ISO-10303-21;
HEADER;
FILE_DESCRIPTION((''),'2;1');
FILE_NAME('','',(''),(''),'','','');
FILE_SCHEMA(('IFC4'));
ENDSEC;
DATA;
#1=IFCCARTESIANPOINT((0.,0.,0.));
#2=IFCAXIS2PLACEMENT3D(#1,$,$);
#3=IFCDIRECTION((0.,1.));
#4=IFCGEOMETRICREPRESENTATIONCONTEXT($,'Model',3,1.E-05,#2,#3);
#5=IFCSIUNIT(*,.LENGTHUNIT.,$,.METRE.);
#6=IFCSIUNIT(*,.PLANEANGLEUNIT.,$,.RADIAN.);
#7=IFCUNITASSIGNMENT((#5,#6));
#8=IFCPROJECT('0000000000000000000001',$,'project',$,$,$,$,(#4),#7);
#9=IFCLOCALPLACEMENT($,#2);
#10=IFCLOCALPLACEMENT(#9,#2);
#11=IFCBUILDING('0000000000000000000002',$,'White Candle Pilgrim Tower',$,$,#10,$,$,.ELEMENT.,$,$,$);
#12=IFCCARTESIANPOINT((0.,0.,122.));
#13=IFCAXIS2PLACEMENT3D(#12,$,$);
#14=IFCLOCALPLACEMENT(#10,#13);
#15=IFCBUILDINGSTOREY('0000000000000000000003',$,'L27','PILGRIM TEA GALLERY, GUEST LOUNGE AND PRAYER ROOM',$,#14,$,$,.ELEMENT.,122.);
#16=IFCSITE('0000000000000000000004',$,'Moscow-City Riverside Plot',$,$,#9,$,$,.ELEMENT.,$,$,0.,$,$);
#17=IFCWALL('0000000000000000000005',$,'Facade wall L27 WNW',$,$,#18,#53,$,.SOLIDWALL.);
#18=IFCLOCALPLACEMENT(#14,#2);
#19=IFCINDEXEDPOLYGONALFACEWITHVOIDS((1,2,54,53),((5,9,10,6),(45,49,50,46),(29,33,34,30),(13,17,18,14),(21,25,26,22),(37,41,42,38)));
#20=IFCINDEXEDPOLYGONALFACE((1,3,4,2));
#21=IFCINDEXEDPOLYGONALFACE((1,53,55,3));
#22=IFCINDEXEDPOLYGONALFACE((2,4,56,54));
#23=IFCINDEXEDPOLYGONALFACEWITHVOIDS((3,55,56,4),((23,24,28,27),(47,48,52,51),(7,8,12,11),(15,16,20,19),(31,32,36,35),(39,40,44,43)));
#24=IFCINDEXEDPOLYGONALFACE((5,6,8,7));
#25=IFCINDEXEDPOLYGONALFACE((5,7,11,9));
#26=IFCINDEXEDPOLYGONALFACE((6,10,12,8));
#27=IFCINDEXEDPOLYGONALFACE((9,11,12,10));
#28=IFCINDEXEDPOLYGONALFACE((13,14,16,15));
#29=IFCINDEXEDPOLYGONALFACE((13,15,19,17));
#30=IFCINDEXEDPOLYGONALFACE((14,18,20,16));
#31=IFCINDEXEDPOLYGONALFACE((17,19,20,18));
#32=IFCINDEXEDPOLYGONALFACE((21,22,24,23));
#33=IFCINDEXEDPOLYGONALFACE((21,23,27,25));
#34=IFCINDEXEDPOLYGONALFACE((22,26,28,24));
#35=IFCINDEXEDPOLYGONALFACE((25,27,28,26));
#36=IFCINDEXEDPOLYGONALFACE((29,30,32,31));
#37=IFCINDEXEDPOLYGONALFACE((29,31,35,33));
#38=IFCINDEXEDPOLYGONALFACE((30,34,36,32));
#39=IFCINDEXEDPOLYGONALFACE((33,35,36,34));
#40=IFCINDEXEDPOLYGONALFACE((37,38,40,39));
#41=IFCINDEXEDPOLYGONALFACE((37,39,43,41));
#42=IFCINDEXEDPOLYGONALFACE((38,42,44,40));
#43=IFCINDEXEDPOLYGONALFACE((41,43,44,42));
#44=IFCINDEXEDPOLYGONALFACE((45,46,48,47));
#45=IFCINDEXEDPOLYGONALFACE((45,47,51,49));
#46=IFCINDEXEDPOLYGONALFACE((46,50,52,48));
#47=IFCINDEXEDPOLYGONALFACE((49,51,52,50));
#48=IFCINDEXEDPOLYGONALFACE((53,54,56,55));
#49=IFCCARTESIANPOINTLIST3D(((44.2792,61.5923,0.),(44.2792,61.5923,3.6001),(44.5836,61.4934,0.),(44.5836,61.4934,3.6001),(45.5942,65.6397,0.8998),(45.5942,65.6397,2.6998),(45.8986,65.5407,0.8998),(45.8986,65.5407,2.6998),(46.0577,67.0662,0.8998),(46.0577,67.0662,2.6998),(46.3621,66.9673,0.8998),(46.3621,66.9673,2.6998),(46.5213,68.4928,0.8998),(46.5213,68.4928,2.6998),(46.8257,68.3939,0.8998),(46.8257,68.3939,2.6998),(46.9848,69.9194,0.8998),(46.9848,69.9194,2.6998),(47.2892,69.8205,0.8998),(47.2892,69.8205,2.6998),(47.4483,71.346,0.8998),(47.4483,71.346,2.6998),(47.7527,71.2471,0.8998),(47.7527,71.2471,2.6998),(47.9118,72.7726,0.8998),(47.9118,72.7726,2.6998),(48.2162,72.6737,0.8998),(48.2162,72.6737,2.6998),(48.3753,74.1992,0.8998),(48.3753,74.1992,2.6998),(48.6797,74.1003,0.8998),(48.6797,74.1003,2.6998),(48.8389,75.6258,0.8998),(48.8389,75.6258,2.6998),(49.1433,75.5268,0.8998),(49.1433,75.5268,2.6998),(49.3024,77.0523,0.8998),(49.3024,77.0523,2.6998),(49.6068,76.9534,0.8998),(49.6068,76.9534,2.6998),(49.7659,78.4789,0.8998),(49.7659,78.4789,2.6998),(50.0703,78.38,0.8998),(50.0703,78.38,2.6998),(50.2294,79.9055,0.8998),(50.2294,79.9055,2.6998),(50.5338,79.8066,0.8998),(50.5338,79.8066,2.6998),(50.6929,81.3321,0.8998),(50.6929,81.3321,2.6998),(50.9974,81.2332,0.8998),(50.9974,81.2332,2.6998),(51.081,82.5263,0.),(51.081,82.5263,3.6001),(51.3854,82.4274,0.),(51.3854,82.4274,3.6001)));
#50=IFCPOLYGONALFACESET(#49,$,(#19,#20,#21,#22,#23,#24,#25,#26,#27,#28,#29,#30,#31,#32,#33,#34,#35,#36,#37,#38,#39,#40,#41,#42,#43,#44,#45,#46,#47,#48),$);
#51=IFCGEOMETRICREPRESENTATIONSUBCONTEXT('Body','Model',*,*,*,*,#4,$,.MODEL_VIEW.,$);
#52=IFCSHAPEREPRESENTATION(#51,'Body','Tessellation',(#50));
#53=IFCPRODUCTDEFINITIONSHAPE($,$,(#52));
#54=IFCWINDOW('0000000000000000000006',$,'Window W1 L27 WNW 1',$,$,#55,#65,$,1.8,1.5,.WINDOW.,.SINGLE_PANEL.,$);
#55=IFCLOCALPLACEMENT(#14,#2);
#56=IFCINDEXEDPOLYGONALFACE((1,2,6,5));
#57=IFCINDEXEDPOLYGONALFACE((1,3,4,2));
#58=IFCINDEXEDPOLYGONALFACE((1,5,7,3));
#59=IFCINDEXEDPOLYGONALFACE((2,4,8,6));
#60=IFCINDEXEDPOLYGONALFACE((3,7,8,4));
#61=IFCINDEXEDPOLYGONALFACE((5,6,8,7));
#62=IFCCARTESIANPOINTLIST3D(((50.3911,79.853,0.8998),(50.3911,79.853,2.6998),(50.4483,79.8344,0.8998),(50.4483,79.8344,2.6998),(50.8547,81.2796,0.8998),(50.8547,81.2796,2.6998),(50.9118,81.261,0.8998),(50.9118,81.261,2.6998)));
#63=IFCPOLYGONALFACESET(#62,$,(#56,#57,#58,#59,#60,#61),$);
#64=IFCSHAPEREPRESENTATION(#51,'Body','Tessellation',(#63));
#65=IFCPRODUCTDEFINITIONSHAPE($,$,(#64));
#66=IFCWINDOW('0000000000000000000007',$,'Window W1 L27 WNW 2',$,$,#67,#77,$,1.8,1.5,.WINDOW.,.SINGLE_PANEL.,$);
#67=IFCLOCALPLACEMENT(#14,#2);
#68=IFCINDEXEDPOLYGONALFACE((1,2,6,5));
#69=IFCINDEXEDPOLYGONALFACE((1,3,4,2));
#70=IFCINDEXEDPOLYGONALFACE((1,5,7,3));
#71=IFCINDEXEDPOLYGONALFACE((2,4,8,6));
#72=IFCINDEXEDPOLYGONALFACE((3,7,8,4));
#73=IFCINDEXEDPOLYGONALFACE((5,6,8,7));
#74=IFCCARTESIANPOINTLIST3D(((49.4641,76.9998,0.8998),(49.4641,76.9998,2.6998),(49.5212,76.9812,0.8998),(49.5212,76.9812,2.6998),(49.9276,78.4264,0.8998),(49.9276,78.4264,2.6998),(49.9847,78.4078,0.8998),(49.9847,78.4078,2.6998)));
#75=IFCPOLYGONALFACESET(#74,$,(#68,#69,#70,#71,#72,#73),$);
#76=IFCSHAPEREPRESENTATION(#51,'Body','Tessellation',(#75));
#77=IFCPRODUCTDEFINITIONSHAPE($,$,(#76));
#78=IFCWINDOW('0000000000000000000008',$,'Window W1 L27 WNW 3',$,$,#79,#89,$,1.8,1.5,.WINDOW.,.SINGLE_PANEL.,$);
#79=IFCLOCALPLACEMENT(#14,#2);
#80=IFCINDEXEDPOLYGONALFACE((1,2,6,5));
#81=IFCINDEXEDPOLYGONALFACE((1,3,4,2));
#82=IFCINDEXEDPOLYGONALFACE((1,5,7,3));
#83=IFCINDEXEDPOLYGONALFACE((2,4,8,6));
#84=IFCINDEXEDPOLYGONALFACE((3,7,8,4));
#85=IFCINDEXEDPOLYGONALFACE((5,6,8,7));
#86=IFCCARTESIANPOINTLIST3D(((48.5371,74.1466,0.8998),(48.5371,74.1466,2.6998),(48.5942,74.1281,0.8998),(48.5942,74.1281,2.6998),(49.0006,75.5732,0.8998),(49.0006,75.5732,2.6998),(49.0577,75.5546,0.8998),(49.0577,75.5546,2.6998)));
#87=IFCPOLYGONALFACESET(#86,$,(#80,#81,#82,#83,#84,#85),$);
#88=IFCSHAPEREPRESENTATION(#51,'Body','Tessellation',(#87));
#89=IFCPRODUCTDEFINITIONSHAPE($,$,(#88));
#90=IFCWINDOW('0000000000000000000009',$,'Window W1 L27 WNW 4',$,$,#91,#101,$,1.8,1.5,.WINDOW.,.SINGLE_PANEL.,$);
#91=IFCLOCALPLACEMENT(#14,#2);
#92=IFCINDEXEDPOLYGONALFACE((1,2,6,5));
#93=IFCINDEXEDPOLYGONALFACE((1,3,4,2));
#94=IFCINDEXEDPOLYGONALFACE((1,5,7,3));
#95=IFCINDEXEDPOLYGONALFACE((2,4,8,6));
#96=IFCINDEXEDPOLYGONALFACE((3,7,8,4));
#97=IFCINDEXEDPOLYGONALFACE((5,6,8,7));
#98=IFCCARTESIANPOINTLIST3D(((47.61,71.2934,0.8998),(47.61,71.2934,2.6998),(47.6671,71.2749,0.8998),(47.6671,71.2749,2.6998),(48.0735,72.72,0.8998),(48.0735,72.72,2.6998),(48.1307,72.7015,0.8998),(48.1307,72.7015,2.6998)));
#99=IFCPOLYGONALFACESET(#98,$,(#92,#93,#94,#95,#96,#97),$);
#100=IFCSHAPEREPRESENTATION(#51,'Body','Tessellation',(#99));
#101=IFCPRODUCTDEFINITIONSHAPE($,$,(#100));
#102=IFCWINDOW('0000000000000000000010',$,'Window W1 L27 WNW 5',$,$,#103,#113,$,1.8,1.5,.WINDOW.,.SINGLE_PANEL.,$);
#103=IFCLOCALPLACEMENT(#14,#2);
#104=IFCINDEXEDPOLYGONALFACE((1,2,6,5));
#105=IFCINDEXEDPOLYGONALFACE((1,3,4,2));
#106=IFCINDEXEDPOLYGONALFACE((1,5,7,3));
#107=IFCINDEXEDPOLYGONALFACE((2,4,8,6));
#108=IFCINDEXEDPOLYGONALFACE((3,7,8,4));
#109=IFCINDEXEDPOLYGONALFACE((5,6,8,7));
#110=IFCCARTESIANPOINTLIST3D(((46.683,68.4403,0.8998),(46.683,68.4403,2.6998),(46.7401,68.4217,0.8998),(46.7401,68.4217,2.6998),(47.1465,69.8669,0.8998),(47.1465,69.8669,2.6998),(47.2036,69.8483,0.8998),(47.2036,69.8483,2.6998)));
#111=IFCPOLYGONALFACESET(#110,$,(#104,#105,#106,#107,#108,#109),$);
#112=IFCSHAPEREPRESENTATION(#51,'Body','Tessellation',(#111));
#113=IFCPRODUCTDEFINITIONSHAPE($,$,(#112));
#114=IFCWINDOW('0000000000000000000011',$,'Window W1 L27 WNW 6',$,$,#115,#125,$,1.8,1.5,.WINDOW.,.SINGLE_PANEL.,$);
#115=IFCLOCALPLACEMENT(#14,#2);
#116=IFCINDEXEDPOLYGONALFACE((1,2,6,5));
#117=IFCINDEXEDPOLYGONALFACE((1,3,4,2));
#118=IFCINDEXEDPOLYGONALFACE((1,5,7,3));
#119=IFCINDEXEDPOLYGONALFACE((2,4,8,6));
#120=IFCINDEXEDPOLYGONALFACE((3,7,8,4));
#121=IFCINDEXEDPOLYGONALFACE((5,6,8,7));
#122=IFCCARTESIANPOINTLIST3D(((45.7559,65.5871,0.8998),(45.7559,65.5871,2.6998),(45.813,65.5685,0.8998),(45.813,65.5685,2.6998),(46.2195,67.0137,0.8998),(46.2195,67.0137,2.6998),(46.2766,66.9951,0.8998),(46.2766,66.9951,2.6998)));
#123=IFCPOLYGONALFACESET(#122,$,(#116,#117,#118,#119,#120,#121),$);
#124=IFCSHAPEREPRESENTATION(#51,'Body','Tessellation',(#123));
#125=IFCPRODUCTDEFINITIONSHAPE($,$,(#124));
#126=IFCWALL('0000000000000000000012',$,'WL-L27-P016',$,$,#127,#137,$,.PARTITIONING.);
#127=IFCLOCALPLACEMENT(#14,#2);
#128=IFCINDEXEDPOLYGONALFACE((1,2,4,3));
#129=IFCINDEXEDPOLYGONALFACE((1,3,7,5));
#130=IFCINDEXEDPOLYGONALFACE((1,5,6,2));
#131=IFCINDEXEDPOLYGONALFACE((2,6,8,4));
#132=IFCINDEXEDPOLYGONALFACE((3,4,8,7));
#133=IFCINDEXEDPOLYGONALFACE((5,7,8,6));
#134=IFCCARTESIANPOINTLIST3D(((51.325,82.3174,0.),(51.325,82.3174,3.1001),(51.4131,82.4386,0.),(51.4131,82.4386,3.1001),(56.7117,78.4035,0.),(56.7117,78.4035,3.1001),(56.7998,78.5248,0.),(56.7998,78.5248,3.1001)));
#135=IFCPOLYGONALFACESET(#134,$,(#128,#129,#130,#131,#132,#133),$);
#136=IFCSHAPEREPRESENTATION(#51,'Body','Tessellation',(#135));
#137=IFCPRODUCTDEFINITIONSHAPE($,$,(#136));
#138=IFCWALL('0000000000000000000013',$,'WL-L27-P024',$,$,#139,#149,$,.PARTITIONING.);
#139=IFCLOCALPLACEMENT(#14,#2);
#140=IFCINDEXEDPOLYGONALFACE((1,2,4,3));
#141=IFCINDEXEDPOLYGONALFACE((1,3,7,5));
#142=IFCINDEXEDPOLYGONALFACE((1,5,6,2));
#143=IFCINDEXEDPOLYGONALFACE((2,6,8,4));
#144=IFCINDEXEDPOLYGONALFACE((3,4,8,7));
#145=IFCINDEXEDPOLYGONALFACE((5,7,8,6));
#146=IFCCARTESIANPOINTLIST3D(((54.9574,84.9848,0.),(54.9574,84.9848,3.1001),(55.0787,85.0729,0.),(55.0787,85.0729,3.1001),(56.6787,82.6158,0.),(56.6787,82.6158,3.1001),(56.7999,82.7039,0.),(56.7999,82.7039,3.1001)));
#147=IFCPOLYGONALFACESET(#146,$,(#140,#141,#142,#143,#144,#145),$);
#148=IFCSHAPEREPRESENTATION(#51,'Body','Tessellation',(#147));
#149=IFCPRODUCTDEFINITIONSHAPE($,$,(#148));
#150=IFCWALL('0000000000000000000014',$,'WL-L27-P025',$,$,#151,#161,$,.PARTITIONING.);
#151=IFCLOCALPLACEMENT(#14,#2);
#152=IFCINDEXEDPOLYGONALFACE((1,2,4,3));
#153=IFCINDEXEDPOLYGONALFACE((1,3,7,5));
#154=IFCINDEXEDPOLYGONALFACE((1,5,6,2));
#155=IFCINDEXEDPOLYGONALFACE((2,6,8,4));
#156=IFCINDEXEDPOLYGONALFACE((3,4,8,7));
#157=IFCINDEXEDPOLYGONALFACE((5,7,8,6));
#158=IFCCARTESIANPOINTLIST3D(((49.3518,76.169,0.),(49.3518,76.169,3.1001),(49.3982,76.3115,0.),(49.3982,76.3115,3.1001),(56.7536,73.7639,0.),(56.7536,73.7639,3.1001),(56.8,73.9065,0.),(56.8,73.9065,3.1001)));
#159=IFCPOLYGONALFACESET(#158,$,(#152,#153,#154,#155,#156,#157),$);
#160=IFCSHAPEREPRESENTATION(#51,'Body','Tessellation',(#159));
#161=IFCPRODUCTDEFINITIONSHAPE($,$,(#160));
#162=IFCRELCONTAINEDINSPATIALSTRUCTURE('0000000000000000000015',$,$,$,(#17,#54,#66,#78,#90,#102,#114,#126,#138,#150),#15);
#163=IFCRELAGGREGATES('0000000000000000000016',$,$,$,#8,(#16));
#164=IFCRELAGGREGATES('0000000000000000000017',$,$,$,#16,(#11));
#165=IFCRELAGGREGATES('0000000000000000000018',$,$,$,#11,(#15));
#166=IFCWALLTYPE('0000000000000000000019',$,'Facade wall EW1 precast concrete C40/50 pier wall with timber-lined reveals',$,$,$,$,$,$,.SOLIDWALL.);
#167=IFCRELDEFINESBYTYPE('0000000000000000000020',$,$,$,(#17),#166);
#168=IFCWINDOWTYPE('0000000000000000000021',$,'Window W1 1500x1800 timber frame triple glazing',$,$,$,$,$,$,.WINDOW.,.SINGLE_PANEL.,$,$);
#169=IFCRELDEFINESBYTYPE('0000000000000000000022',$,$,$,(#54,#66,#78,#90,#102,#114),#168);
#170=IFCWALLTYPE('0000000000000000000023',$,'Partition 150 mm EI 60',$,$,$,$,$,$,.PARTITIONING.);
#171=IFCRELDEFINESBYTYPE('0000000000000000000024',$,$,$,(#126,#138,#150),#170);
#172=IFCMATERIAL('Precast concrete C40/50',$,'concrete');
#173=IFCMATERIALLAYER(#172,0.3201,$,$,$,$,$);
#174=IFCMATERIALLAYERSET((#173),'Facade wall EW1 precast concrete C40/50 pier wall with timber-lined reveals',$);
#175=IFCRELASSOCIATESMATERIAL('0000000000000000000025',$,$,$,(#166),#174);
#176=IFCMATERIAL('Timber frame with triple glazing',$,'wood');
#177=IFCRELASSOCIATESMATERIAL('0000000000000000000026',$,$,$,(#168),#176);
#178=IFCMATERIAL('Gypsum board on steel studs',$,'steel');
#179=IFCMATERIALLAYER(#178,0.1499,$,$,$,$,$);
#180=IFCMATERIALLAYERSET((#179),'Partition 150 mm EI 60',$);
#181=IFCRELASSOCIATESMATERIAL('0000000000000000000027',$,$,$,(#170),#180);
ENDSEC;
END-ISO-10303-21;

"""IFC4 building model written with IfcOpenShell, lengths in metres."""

from ifc_helpers import new_model, si_unit, direction, frame, frame_2d, origin, place, context, subcontext, project, spatial, rectangle, extrude, material, layer, layer_set, type_object, element, fill, save


model = new_model("IFC4")

# Units and contexts
model_context = context("Model", 3, precision=1e-05, world=origin(), true_north=direction((0.0, 1.0)))
body_context = subcontext(model_context, "Body", "Model", "MODEL_VIEW")
ifc_project = project(units=[si_unit("LENGTHUNIT", "METRE"), si_unit("PLANEANGLEUNIT", "RADIAN")], contexts=[model_context])

# Site, building, storey
site_placement = place(None, origin())
site = spatial("IfcSite", under=ifc_project, at=site_placement, Name="Moscow-City Riverside Plot", CompositionType="ELEMENT", RefElevation=0.0)
building_placement = place(site_placement, origin())
building = spatial("IfcBuilding", under=site, at=building_placement, Name="White Candle Pilgrim Tower", CompositionType="ELEMENT")
storey_placement = place(building_placement, frame((0.0, 0.0, 122.0)))
storey = spatial("IfcBuildingStorey", under=building, at=storey_placement, Name="L27", Description="PILGRIM TEA GALLERY, GUEST LOUNGE AND PRAYER ROOM", CompositionType="ELEMENT", Elevation=122.0)

# Wall, openings, windows
ifc_material_1 = material(Name="Precast concrete C40/50", Category="concrete")
ifc_layer_1 = layer(ifc_material_1, 0.3201)
ifc_layer_set_1 = layer_set([ifc_layer_1], Name="Facade wall EW1 precast concrete C40/50 pier wall with timber-lined reveals")
wall_type_1 = type_object("IfcWallType", Name="Facade wall EW1 precast concrete C40/50 pier wall with timber-lined reveals", PredefinedType="SOLIDWALL", material=ifc_layer_set_1)
ifc_material_2 = material(Name="Timber frame with triple glazing", Category="wood")
wall_1_placement = place(storey_placement, frame((51.2332, 82.4768, 0.0), z_axis=(0.0, 0.0, 1.0), x_axis=(-0.309015, -0.951057, 0.0)))
wall_1 = element("IfcWall", 1, at=wall_1_placement, inside=storey, type_object=wall_type_1, Name="Facade wall L27 WNW", PredefinedType="SOLIDWALL", context=body_context, shape_type="SweptSolid", body=[
    extrude(rectangle(XDim=22.0112, YDim=0.3201, at=frame_2d((11.0056, 0.0))), origin(), (0.0, 0.0, 1.0), 3.6001),
])
opening_1_placement = place(wall_1_placement, frame((1.2556, 0.0, 0.8999)))
opening_1 = element("IfcOpeningElement", 2, at=opening_1_placement, cuts=wall_1, PredefinedType="OPENING", context=body_context, shape_type="SweptSolid", body=[
    extrude(rectangle(XDim=1.5, YDim=1.8, at=frame_2d((0.75, 0.8999))), frame((0.0, 0.1699, 0.0), z_axis=(0.0, -1.0, 0.0), x_axis=(1.0, 0.0, 0.0)), (0.0, 0.0, 1.0), 0.3401),
])
opening_2_placement = place(wall_1_placement, frame((4.2556, 0.0, 0.8999)))
opening_2 = element("IfcOpeningElement", 3, at=opening_2_placement, cuts=wall_1, PredefinedType="OPENING", context=body_context, shape_type="SweptSolid", body=[
    extrude(rectangle(XDim=1.5, YDim=1.8, at=frame_2d((0.75, 0.8999))), frame((0.0, 0.1699, 0.0), z_axis=(0.0, -1.0, 0.0), x_axis=(1.0, 0.0, 0.0)), (0.0, 0.0, 1.0), 0.3401),
])
opening_3_placement = place(wall_1_placement, frame((7.2556, 0.0, 0.8999)))
opening_3 = element("IfcOpeningElement", 4, at=opening_3_placement, cuts=wall_1, PredefinedType="OPENING", context=body_context, shape_type="SweptSolid", body=[
    extrude(rectangle(XDim=1.5, YDim=1.8, at=frame_2d((0.75, 0.8999))), frame((0.0, 0.1699, 0.0), z_axis=(0.0, -1.0, 0.0), x_axis=(1.0, 0.0, 0.0)), (0.0, 0.0, 1.0), 0.3401),
])
opening_4_placement = place(wall_1_placement, frame((10.2556, 0.0, 0.8999)))
opening_4 = element("IfcOpeningElement", 5, at=opening_4_placement, cuts=wall_1, PredefinedType="OPENING", context=body_context, shape_type="SweptSolid", body=[
    extrude(rectangle(XDim=1.5, YDim=1.8, at=frame_2d((0.75, 0.8999))), frame((0.0, 0.1699, 0.0), z_axis=(0.0, -1.0, 0.0), x_axis=(1.0, 0.0, 0.0)), (0.0, 0.0, 1.0), 0.3401),
])
opening_5_placement = place(wall_1_placement, frame((13.2556, 0.0, 0.8999)))
opening_5 = element("IfcOpeningElement", 6, at=opening_5_placement, cuts=wall_1, PredefinedType="OPENING", context=body_context, shape_type="SweptSolid", body=[
    extrude(rectangle(XDim=1.5, YDim=1.8, at=frame_2d((0.75, 0.8999))), frame((0.0, 0.1699, 0.0), z_axis=(0.0, -1.0, 0.0), x_axis=(1.0, 0.0, 0.0)), (0.0, 0.0, 1.0), 0.3401),
])
opening_6_placement = place(wall_1_placement, frame((16.2556, 0.0, 0.8999)))
opening_6 = element("IfcOpeningElement", 7, at=opening_6_placement, cuts=wall_1, PredefinedType="OPENING", context=body_context, shape_type="SweptSolid", body=[
    extrude(rectangle(XDim=1.5, YDim=1.8, at=frame_2d((0.75, 0.8999))), frame((0.0, 0.1699, 0.0), z_axis=(0.0, -1.0, 0.0), x_axis=(1.0, 0.0, 0.0)), (0.0, 0.0, 1.0), 0.3401),
])
window_type_1 = type_object("IfcWindowType", Name="Window W1 1500x1800 timber frame triple glazing", PartitioningType="SINGLE_PANEL", PredefinedType="WINDOW", material=ifc_material_2)
window_1_placement = place(opening_1_placement, origin())
window_1 = element("IfcWindow", 8, at=window_1_placement, inside=storey, type_object=window_type_1, Name="Window W1 L27 WNW 1", OverallHeight=1.8, OverallWidth=1.5, PartitioningType="SINGLE_PANEL", PredefinedType="WINDOW", context=body_context, shape_type="SweptSolid", body=[
    extrude(rectangle(XDim=1.5, YDim=1.8, at=frame_2d((0.75, 0.8999))), frame((0.0, 0.0701, 0.0), z_axis=(0.0, -1.0, 0.0), x_axis=(1.0, 0.0, 0.0)), (0.0, 0.0, 1.0), 0.0601),
])
fill(opening_1, window_1)
window_2_placement = place(opening_2_placement, origin())
window_2 = element("IfcWindow", 9, at=window_2_placement, inside=storey, type_object=window_type_1, Name="Window W1 L27 WNW 2", OverallHeight=1.8, OverallWidth=1.5, PartitioningType="SINGLE_PANEL", PredefinedType="WINDOW", context=body_context, shape_type="SweptSolid", body=[
    extrude(rectangle(XDim=1.5, YDim=1.8, at=frame_2d((0.75, 0.8999))), frame((0.0, 0.0701, 0.0), z_axis=(0.0, -1.0, 0.0), x_axis=(1.0, 0.0, 0.0)), (0.0, 0.0, 1.0), 0.0601),
])
fill(opening_2, window_2)
window_3_placement = place(opening_3_placement, origin())
window_3 = element("IfcWindow", 10, at=window_3_placement, inside=storey, type_object=window_type_1, Name="Window W1 L27 WNW 3", OverallHeight=1.8, OverallWidth=1.5, PartitioningType="SINGLE_PANEL", PredefinedType="WINDOW", context=body_context, shape_type="SweptSolid", body=[
    extrude(rectangle(XDim=1.5, YDim=1.8, at=frame_2d((0.75, 0.8999))), frame((0.0, 0.0701, 0.0), z_axis=(0.0, -1.0, 0.0), x_axis=(1.0, 0.0, 0.0)), (0.0, 0.0, 1.0), 0.0601),
])
fill(opening_3, window_3)
window_4_placement = place(opening_4_placement, origin())
window_4 = element("IfcWindow", 11, at=window_4_placement, inside=storey, type_object=window_type_1, Name="Window W1 L27 WNW 4", OverallHeight=1.8, OverallWidth=1.5, PartitioningType="SINGLE_PANEL", PredefinedType="WINDOW", context=body_context, shape_type="SweptSolid", body=[
    extrude(rectangle(XDim=1.5, YDim=1.8, at=frame_2d((0.75, 0.8999))), frame((0.0, 0.0701, 0.0), z_axis=(0.0, -1.0, 0.0), x_axis=(1.0, 0.0, 0.0)), (0.0, 0.0, 1.0), 0.0601),
])
fill(opening_4, window_4)
window_5_placement = place(opening_5_placement, origin())
window_5 = element("IfcWindow", 12, at=window_5_placement, inside=storey, type_object=window_type_1, Name="Window W1 L27 WNW 5", OverallHeight=1.8, OverallWidth=1.5, PartitioningType="SINGLE_PANEL", PredefinedType="WINDOW", context=body_context, shape_type="SweptSolid", body=[
    extrude(rectangle(XDim=1.5, YDim=1.8, at=frame_2d((0.75, 0.8999))), frame((0.0, 0.0701, 0.0), z_axis=(0.0, -1.0, 0.0), x_axis=(1.0, 0.0, 0.0)), (0.0, 0.0, 1.0), 0.0601),
])
fill(opening_5, window_5)
window_6_placement = place(opening_6_placement, origin())
window_6 = element("IfcWindow", 13, at=window_6_placement, inside=storey, type_object=window_type_1, Name="Window W1 L27 WNW 6", OverallHeight=1.8, OverallWidth=1.5, PartitioningType="SINGLE_PANEL", PredefinedType="WINDOW", context=body_context, shape_type="SweptSolid", body=[
    extrude(rectangle(XDim=1.5, YDim=1.8, at=frame_2d((0.75, 0.8999))), frame((0.0, 0.0701, 0.0), z_axis=(0.0, -1.0, 0.0), x_axis=(1.0, 0.0, 0.0)), (0.0, 0.0, 1.0), 0.0601),
])
fill(opening_6, window_6)

# Walls
ifc_material_3 = material(Name="Gypsum board on steel studs", Category="steel")
ifc_layer_2 = layer(ifc_material_3, 0.1499)
ifc_layer_set_2 = layer_set([ifc_layer_2], Name="Partition 150 mm EI 60")
wall_type_2 = type_object("IfcWallType", Name="Partition 150 mm EI 60", PredefinedType="PARTITIONING", material=ifc_layer_set_2)
wall_2_placement = place(storey_placement, frame((51.3691, 82.3779, 0.0), z_axis=(0.0, 0.0, 1.0), x_axis=(0.809007, -0.587799, 0.0)))
element("IfcWall", 14, at=wall_2_placement, inside=storey, type_object=wall_type_2, Name="WL-L27-P016", PredefinedType="PARTITIONING", context=body_context, shape_type="SweptSolid", body=[
    extrude(rectangle(XDim=6.6584, YDim=0.1499, at=frame_2d((3.3291, 0.0))), origin(), (0.0, 0.0, 1.0), 3.1001),
])
wall_3_placement = place(storey_placement, frame((55.0181, 85.0288, 0.0), z_axis=(0.0, 0.0, 1.0), x_axis=(0.587805, -0.809003, 0.0)))
element("IfcWall", 15, at=wall_3_placement, inside=storey, type_object=wall_type_2, Name="WL-L27-P024", PredefinedType="PARTITIONING", context=body_context, shape_type="SweptSolid", body=[
    extrude(rectangle(XDim=2.9282, YDim=0.1499, at=frame_2d((1.4641, 0.0))), origin(), (0.0, 0.0, 1.0), 3.1001),
])
wall_4_placement = place(storey_placement, frame((49.375, 76.2402, 0.0), z_axis=(0.0, 0.0, 1.0), x_axis=(0.951056, -0.309019, 0.0)))
element("IfcWall", 16, at=wall_4_placement, inside=storey, type_object=wall_type_2, Name="WL-L27-P025", PredefinedType="PARTITIONING", context=body_context, shape_type="SweptSolid", body=[
    extrude(rectangle(XDim=7.7827, YDim=0.1499, at=frame_2d((3.8914, 0.0))), origin(), (0.0, 0.0, 1.0), 3.1001),
])

save(model, "model.ifc")
